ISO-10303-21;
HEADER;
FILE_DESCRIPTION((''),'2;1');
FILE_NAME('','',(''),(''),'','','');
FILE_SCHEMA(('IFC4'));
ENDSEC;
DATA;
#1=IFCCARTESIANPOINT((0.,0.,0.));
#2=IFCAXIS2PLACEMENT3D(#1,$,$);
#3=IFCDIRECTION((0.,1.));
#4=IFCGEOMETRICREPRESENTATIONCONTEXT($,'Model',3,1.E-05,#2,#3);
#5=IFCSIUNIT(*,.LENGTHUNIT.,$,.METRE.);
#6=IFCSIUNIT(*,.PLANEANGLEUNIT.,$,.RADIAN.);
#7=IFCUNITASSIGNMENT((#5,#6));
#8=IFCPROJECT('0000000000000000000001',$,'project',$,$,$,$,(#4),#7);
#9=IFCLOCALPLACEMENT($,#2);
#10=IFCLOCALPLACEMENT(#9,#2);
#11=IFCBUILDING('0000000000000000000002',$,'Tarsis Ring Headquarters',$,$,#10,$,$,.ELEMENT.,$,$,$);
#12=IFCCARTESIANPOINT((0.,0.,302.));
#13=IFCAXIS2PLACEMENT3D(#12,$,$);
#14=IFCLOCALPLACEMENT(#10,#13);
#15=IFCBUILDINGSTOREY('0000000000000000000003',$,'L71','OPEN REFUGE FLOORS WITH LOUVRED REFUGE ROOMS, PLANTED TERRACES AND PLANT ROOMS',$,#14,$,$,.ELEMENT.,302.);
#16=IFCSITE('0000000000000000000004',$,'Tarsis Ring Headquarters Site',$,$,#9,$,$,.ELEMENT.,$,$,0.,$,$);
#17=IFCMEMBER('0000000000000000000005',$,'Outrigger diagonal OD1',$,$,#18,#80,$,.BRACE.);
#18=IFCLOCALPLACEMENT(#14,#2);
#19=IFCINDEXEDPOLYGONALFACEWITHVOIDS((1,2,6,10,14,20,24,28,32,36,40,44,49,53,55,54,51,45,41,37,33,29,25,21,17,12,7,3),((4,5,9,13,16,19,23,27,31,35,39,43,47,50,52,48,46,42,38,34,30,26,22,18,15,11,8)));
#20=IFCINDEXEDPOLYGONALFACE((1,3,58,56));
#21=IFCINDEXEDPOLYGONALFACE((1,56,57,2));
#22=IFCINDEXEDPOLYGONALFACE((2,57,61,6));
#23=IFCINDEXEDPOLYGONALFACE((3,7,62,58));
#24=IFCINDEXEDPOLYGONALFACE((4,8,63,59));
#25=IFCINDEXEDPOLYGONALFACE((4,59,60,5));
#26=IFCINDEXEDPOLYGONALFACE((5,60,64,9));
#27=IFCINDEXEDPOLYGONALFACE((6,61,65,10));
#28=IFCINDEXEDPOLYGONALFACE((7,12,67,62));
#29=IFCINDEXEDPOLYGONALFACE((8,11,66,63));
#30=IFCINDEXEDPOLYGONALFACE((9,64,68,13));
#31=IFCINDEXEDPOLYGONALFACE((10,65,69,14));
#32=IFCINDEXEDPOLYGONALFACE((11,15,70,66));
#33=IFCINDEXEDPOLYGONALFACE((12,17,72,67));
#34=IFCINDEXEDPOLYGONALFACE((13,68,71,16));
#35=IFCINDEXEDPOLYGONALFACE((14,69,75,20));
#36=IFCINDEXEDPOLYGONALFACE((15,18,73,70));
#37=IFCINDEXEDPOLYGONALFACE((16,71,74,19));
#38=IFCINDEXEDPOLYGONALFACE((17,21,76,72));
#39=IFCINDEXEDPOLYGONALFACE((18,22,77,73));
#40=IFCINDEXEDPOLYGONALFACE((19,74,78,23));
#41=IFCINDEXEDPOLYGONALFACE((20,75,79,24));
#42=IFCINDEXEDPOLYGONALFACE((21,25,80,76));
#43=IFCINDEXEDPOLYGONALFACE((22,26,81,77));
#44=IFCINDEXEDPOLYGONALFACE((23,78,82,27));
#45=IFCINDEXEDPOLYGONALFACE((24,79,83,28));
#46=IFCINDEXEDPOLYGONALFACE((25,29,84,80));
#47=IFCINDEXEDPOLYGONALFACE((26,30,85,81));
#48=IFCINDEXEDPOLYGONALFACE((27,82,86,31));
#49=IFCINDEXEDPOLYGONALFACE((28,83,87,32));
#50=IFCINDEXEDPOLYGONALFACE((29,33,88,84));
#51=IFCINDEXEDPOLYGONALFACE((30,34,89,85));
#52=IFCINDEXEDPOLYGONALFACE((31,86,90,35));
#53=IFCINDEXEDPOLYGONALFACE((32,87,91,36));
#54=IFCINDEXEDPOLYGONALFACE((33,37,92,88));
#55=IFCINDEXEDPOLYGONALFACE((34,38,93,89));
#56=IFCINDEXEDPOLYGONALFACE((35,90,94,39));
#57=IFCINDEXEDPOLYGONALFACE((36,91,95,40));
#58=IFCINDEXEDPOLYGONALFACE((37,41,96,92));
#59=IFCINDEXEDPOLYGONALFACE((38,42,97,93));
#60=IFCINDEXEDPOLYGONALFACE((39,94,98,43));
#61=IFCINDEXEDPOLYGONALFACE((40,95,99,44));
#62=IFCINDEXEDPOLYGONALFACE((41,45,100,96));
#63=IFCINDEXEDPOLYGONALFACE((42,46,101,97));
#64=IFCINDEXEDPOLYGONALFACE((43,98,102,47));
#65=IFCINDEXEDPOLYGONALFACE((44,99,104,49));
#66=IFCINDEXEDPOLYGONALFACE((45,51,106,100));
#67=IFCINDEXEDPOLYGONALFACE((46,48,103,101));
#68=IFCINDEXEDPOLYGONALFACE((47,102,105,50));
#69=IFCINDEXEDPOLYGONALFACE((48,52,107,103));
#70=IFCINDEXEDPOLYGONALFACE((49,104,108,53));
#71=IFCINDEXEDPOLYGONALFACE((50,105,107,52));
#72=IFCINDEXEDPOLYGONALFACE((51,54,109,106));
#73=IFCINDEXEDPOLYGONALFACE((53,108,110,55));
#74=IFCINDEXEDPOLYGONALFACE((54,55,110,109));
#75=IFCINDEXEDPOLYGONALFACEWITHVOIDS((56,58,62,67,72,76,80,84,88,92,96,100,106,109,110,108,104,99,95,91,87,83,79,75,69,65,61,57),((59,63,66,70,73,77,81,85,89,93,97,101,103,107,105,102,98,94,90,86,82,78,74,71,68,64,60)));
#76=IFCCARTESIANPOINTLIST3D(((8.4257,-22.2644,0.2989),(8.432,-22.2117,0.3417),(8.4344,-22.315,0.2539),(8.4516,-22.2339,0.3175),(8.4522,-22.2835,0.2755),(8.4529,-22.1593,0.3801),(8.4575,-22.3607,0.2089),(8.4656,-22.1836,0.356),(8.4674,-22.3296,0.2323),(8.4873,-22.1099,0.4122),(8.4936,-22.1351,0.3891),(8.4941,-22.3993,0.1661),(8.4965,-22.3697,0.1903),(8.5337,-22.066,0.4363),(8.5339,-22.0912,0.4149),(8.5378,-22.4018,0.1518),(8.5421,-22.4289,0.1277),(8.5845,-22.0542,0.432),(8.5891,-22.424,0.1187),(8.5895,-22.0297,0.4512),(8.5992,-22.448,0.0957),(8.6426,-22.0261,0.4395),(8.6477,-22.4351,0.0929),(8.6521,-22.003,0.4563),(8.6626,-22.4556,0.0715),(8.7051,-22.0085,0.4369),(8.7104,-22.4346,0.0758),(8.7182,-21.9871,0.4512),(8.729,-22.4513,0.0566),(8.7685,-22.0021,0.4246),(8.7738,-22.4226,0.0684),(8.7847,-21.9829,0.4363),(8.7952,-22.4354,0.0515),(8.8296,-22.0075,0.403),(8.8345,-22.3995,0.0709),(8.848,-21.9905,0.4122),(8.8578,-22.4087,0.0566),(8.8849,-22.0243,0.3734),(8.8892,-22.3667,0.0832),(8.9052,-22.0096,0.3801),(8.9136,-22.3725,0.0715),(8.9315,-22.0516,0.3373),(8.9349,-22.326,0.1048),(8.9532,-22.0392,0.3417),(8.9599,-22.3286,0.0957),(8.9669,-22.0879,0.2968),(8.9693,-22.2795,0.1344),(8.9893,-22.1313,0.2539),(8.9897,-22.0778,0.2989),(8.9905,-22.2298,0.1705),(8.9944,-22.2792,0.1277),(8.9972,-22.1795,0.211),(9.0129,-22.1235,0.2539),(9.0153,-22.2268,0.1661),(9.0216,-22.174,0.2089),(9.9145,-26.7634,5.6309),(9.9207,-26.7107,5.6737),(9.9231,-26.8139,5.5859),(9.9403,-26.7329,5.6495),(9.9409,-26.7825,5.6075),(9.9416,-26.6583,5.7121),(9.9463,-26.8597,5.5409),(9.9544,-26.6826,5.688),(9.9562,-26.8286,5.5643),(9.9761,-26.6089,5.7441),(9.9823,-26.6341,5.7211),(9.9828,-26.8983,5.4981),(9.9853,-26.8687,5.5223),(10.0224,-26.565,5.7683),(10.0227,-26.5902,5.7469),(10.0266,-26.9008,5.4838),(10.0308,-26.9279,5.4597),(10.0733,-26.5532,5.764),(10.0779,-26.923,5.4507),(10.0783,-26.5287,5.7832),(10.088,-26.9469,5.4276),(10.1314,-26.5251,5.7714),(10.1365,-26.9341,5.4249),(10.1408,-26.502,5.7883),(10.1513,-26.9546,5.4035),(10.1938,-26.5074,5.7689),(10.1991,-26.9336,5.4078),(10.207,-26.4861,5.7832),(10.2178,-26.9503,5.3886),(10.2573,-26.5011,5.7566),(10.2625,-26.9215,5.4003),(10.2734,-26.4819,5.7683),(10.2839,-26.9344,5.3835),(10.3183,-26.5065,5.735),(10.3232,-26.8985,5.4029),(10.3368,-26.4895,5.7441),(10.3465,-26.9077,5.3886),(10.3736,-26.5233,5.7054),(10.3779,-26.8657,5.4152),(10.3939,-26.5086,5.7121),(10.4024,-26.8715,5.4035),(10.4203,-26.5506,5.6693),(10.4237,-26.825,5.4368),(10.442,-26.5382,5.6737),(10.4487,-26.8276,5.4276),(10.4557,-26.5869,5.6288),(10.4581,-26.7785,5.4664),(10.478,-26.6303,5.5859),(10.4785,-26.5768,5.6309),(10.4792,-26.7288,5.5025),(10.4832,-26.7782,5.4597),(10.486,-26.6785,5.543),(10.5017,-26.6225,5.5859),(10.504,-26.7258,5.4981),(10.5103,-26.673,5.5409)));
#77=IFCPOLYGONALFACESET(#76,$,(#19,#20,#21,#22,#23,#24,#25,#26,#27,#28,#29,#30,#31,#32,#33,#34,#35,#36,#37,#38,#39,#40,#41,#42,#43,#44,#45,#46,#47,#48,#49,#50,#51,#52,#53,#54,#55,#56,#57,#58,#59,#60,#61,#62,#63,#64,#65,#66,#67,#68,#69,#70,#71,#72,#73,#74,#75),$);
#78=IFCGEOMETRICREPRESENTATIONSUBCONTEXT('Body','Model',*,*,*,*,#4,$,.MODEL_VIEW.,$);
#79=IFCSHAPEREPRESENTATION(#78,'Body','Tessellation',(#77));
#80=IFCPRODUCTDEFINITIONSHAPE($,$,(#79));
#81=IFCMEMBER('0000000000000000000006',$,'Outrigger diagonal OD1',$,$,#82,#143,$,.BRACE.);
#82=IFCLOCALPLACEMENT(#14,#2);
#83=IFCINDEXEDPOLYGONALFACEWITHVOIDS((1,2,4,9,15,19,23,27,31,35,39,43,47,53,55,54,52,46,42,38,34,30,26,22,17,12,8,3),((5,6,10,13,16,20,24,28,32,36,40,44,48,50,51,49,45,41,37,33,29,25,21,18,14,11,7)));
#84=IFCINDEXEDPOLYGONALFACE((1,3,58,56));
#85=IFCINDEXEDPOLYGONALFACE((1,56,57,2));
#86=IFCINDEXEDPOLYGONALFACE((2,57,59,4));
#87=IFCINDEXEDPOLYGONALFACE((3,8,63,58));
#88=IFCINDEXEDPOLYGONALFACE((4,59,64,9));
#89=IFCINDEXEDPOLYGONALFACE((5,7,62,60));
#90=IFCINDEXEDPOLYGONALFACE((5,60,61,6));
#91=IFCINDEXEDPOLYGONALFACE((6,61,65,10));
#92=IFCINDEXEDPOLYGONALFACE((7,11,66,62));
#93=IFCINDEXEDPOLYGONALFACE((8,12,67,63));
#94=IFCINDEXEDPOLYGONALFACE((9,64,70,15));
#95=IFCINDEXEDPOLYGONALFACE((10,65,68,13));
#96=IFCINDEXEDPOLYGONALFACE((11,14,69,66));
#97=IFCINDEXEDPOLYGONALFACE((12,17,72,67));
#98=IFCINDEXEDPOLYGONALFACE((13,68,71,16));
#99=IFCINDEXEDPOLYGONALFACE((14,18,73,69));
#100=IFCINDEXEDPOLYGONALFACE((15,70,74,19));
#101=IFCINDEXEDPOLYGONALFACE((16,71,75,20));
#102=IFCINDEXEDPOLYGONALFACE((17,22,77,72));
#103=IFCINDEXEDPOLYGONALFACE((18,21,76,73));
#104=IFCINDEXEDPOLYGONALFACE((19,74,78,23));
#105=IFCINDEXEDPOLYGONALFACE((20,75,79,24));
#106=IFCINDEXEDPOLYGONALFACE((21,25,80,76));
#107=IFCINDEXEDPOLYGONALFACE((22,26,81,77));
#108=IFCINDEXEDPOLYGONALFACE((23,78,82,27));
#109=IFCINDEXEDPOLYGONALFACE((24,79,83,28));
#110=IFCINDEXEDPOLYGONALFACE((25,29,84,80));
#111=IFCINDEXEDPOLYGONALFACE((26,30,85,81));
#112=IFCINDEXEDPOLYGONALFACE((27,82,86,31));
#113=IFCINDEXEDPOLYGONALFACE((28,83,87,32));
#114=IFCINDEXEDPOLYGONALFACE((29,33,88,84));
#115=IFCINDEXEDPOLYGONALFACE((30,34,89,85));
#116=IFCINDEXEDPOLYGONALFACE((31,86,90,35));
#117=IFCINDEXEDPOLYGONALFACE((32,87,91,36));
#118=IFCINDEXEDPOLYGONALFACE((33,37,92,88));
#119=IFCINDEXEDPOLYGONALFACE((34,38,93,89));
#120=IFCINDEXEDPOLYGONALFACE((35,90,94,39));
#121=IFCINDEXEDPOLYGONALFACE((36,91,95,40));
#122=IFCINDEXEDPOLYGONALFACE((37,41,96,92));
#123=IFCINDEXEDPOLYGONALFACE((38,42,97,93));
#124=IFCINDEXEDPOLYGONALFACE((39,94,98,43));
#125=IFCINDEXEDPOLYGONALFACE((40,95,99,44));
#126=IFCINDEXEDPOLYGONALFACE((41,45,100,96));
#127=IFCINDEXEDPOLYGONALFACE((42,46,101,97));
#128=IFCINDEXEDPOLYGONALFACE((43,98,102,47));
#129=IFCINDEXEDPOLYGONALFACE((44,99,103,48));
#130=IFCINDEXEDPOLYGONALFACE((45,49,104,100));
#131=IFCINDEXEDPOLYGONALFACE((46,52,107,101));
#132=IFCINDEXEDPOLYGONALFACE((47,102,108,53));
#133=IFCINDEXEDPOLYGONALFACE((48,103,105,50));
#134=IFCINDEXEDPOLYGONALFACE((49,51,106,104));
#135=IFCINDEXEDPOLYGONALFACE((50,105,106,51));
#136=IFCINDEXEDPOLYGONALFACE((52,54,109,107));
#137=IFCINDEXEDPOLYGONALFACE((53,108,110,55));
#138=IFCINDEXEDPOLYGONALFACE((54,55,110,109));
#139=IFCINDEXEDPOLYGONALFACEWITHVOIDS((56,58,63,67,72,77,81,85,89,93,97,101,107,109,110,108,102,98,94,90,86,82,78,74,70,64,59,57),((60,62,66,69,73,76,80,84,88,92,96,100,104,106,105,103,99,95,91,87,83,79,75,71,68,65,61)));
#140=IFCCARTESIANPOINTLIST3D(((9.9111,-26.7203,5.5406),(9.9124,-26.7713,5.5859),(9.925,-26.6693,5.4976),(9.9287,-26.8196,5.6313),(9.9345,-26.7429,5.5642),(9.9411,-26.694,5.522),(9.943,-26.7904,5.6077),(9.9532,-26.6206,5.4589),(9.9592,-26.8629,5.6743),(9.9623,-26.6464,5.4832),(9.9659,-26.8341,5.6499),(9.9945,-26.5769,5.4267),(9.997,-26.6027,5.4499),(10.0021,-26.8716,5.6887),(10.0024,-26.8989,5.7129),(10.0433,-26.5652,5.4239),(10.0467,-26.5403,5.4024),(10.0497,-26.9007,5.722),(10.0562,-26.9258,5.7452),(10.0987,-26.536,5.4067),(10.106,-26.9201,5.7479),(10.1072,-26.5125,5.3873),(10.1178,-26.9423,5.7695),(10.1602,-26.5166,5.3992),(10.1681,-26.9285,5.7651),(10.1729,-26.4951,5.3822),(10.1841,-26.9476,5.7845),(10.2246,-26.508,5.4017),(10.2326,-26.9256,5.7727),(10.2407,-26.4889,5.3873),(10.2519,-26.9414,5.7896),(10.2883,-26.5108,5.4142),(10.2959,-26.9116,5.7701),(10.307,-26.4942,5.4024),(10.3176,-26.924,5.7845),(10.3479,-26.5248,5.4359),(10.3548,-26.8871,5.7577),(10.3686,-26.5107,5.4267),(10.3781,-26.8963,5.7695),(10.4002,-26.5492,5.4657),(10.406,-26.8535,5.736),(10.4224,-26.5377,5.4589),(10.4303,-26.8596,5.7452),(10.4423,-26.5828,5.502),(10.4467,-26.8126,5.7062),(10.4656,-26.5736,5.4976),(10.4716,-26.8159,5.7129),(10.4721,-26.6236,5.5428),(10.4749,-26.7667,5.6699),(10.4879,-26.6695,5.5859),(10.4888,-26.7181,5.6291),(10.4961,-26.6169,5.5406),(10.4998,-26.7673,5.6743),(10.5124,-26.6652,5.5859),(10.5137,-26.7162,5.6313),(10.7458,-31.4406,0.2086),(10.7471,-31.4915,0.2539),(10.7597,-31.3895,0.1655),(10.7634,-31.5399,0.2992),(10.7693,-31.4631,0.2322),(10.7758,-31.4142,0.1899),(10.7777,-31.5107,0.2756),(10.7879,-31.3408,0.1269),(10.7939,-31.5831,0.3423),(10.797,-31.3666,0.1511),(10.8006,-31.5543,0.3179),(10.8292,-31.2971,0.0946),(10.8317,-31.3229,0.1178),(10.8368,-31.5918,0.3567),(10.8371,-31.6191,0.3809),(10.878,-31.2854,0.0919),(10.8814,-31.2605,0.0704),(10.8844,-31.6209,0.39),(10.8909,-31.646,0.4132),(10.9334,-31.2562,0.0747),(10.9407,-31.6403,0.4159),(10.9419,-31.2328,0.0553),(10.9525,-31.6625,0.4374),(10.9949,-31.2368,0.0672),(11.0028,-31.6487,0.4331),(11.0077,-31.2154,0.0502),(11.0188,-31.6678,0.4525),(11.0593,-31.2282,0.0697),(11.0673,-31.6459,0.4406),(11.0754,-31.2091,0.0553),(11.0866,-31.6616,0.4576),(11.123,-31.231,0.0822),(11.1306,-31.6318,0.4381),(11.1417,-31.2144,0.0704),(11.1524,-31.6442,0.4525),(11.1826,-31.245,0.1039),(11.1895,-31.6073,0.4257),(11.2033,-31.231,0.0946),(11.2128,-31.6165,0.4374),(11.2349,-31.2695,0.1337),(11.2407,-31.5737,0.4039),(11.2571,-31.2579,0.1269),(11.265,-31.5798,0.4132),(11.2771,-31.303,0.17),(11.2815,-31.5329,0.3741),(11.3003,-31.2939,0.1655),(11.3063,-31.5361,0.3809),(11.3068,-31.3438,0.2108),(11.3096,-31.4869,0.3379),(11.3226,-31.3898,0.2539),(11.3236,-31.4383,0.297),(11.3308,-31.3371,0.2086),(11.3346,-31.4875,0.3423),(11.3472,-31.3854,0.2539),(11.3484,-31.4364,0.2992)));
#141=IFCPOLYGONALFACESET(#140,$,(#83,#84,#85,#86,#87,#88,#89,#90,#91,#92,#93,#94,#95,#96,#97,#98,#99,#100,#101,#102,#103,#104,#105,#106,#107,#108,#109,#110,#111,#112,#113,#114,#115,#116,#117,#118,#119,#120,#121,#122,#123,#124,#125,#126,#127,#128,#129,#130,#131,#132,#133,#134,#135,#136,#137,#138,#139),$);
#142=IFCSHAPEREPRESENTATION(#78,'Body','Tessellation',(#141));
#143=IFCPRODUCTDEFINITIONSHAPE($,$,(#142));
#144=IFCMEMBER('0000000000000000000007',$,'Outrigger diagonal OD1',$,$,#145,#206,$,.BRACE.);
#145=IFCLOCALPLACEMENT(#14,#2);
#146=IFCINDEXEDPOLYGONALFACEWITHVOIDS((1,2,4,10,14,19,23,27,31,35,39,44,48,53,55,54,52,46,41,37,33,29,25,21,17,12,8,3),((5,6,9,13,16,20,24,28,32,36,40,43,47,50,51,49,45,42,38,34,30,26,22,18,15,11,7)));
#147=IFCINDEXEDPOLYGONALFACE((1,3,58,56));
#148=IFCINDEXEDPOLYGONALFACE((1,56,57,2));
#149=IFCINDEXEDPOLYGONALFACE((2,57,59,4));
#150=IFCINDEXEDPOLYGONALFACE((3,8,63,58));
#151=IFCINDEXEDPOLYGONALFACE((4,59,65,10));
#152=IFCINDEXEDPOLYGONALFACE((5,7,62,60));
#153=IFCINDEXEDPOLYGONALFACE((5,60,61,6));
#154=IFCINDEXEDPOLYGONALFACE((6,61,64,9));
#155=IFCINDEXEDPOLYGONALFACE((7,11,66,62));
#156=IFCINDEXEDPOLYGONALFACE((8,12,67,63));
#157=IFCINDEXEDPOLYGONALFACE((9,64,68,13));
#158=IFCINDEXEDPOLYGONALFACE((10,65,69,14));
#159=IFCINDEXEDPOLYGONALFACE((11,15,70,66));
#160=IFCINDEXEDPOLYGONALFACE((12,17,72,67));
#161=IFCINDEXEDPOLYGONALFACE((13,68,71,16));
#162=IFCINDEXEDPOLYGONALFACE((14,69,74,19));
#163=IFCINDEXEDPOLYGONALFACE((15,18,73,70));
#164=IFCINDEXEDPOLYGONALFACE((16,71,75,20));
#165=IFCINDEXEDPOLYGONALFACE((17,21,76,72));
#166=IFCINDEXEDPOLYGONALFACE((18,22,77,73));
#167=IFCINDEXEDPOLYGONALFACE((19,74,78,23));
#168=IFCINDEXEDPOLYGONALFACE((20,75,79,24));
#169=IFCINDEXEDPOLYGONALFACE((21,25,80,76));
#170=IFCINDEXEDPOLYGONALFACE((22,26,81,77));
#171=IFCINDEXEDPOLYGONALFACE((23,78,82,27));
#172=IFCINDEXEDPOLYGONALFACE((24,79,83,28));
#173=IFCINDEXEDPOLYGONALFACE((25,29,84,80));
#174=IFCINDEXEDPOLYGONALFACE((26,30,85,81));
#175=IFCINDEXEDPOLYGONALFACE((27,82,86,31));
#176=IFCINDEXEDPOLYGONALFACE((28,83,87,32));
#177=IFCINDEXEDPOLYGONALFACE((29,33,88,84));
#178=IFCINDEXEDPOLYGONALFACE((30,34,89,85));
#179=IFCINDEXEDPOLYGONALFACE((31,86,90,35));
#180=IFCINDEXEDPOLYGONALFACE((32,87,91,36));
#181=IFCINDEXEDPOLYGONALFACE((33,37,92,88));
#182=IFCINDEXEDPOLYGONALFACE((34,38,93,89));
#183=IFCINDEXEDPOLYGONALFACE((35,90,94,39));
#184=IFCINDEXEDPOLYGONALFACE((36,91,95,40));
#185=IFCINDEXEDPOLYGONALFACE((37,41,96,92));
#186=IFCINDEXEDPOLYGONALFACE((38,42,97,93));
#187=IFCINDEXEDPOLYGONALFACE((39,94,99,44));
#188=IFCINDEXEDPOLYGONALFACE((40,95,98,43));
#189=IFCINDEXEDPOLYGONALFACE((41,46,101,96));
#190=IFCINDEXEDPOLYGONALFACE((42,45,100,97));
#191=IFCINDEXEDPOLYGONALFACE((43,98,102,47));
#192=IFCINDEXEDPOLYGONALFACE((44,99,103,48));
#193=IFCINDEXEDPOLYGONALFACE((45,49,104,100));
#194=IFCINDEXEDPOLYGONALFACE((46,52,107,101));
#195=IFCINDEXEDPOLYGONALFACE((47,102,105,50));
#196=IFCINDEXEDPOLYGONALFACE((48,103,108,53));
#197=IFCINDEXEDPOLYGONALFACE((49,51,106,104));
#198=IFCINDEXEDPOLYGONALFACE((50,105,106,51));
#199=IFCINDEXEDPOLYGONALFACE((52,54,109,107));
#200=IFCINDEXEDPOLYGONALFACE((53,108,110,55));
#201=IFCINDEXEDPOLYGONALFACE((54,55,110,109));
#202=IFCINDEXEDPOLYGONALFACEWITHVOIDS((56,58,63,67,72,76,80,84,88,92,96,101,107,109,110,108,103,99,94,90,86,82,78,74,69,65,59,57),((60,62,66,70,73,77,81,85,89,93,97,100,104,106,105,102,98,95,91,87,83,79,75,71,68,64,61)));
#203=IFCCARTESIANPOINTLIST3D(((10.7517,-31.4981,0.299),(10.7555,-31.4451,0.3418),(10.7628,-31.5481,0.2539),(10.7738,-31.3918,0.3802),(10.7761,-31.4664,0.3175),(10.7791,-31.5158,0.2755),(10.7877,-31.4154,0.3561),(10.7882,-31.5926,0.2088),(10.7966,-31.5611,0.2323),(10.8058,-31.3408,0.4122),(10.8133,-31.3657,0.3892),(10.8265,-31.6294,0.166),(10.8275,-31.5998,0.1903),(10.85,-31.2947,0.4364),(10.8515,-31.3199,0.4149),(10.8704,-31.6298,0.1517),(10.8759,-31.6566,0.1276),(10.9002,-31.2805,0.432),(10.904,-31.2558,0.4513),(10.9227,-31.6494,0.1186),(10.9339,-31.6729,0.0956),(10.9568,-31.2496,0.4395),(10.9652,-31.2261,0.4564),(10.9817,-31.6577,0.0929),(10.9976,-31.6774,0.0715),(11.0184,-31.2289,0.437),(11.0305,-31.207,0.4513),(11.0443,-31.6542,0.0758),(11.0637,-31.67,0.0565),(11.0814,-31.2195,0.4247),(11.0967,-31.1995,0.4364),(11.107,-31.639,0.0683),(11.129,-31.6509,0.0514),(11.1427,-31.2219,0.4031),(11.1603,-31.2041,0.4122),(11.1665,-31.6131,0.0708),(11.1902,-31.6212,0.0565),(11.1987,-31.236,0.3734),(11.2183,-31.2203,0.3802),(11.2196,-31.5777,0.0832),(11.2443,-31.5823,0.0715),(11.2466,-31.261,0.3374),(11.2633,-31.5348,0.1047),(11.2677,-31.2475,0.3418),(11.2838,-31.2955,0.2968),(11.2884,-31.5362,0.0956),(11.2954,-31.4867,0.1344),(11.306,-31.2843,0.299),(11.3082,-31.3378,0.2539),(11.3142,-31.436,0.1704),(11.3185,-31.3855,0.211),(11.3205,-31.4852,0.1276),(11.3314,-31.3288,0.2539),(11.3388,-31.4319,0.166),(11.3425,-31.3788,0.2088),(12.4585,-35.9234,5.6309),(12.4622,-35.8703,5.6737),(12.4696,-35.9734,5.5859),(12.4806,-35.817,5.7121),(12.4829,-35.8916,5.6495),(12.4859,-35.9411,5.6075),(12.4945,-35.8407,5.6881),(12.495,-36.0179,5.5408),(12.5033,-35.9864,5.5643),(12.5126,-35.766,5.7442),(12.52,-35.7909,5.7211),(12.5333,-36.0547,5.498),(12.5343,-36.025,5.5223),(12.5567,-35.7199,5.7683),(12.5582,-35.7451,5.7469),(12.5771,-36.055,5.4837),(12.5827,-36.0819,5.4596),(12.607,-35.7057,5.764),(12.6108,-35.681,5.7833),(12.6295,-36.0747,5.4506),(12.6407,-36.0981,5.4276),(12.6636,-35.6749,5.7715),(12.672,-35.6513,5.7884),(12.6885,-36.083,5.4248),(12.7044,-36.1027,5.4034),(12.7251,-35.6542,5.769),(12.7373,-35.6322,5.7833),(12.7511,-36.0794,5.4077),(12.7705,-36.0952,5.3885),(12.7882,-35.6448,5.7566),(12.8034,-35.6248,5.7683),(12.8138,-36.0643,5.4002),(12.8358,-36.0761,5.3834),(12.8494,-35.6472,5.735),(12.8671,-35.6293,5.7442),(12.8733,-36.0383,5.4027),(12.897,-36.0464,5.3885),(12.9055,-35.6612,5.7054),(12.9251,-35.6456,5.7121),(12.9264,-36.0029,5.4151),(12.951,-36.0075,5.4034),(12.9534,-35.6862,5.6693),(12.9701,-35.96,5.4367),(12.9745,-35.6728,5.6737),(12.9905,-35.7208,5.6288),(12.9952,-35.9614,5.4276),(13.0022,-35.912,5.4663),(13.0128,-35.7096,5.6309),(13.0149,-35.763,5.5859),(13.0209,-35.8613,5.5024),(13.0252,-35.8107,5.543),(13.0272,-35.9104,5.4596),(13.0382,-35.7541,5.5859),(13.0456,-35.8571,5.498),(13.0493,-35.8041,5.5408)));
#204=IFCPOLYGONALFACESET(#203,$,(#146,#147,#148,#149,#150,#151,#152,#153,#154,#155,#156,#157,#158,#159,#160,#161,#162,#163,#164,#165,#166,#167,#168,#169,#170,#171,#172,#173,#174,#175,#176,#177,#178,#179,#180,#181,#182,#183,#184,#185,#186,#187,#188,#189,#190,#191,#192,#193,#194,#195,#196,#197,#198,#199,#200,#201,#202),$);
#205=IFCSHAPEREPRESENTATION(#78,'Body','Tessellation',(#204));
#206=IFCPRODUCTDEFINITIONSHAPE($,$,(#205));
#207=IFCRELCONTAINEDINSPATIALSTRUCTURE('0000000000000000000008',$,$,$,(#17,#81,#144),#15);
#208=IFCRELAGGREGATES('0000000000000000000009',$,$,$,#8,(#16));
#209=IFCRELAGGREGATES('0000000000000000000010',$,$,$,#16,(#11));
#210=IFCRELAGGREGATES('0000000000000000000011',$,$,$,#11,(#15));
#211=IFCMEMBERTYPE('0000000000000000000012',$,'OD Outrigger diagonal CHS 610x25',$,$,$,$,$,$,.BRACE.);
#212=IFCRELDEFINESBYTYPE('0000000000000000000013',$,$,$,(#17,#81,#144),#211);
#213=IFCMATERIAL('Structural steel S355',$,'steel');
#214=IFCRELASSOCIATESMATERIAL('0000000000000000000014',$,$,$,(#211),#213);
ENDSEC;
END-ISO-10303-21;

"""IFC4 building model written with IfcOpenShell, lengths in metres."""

from ifc_helpers import new_model, si_unit, direction, frame, origin, origin_2d, place, context, subcontext, project, spatial, hollow_circle, extrude, material, material_profile, profile_set, type_object, element, save


model = new_model("IFC4")

# Units and contexts
model_context = context("Model", 3, precision=1e-05, world=origin(), true_north=direction((0.0, 1.0)))
body_context = subcontext(model_context, "Body", "Model", "MODEL_VIEW")
ifc_project = project(units=[si_unit("LENGTHUNIT", "METRE"), si_unit("PLANEANGLEUNIT", "RADIAN")], contexts=[model_context])

# Site, building, storey
site_placement = place(None, origin())
site = spatial("IfcSite", under=ifc_project, at=site_placement, Name="Tarsis Ring Headquarters Site", CompositionType="ELEMENT", RefElevation=0.0)
building_placement = place(site_placement, origin())
building = spatial("IfcBuilding", under=site, at=building_placement, Name="Tarsis Ring Headquarters", CompositionType="ELEMENT")
storey_placement = place(building_placement, frame((0.0, 0.0, 302.0)))
storey = spatial("IfcBuildingStorey", under=building, at=storey_placement, Name="L71", Description="OPEN REFUGE FLOORS WITH LOUVRED REFUGE ROOMS, PLANTED TERRACES AND PLANT ROOMS", CompositionType="ELEMENT", Elevation=302.0)

# Members
ifc_material_1 = material(Name="Structural steel S355", Category="steel")
ifc_material_profile_1 = material_profile(ifc_material_1, hollow_circle(Radius=0.3047, WallThickness=0.0249, at=origin_2d()), Name="CHS 610x25")
ifc_profile_set_1 = profile_set([ifc_material_profile_1], Name="Structural steel S355")
member_type_1 = type_object("IfcMemberType", Name="OD Outrigger diagonal CHS 610x25", PredefinedType="BRACE", material=ifc_profile_set_1)
member_1_placement = place(storey_placement, frame((8.7236, -22.2192, 0.2539), z_axis=(0.208698, -0.630681, 0.747453), x_axis=(0.949371, 0.314156, 0.0)))
element("IfcMember", 1, at=member_1_placement, inside=storey, type_object=member_type_1, Name="Outrigger diagonal OD1", PredefinedType="BRACE", context=body_context, shape_type="SweptSolid", body=[
    extrude(hollow_circle(Radius=0.3047, WallThickness=0.0249, at=origin_2d()), origin(), (0.0, 0.0, 1.0), 7.1335),
])
member_2_placement = place(storey_placement, frame((10.2124, -26.7183, 5.5859), z_axis=(0.116419, -0.658336, -0.743667), x_axis=(0.984721, 0.174137, 0.0)))
element("IfcMember", 2, at=member_2_placement, inside=storey, type_object=member_type_1, Name="Outrigger diagonal OD1", PredefinedType="BRACE", context=body_context, shape_type="SweptSolid", body=[
    extrude(hollow_circle(Radius=0.3047, WallThickness=0.0249, at=origin_2d()), origin(), (0.0, 0.0, 1.0), 7.1699),
])
member_3_placement = place(storey_placement, frame((11.0471, -31.4385, 0.2539), z_axis=(0.239169, -0.62011, 0.747169), x_axis=(0.93301, 0.359852, 0.0)))
element("IfcMember", 3, at=member_3_placement, inside=storey, type_object=member_type_1, Name="Outrigger diagonal OD1", PredefinedType="BRACE", context=body_context, shape_type="SweptSolid", body=[
    extrude(hollow_circle(Radius=0.3047, WallThickness=0.0249, at=origin_2d()), origin(), (0.0, 0.0, 1.0), 7.1362),
])

save(model, "model.ifc")
